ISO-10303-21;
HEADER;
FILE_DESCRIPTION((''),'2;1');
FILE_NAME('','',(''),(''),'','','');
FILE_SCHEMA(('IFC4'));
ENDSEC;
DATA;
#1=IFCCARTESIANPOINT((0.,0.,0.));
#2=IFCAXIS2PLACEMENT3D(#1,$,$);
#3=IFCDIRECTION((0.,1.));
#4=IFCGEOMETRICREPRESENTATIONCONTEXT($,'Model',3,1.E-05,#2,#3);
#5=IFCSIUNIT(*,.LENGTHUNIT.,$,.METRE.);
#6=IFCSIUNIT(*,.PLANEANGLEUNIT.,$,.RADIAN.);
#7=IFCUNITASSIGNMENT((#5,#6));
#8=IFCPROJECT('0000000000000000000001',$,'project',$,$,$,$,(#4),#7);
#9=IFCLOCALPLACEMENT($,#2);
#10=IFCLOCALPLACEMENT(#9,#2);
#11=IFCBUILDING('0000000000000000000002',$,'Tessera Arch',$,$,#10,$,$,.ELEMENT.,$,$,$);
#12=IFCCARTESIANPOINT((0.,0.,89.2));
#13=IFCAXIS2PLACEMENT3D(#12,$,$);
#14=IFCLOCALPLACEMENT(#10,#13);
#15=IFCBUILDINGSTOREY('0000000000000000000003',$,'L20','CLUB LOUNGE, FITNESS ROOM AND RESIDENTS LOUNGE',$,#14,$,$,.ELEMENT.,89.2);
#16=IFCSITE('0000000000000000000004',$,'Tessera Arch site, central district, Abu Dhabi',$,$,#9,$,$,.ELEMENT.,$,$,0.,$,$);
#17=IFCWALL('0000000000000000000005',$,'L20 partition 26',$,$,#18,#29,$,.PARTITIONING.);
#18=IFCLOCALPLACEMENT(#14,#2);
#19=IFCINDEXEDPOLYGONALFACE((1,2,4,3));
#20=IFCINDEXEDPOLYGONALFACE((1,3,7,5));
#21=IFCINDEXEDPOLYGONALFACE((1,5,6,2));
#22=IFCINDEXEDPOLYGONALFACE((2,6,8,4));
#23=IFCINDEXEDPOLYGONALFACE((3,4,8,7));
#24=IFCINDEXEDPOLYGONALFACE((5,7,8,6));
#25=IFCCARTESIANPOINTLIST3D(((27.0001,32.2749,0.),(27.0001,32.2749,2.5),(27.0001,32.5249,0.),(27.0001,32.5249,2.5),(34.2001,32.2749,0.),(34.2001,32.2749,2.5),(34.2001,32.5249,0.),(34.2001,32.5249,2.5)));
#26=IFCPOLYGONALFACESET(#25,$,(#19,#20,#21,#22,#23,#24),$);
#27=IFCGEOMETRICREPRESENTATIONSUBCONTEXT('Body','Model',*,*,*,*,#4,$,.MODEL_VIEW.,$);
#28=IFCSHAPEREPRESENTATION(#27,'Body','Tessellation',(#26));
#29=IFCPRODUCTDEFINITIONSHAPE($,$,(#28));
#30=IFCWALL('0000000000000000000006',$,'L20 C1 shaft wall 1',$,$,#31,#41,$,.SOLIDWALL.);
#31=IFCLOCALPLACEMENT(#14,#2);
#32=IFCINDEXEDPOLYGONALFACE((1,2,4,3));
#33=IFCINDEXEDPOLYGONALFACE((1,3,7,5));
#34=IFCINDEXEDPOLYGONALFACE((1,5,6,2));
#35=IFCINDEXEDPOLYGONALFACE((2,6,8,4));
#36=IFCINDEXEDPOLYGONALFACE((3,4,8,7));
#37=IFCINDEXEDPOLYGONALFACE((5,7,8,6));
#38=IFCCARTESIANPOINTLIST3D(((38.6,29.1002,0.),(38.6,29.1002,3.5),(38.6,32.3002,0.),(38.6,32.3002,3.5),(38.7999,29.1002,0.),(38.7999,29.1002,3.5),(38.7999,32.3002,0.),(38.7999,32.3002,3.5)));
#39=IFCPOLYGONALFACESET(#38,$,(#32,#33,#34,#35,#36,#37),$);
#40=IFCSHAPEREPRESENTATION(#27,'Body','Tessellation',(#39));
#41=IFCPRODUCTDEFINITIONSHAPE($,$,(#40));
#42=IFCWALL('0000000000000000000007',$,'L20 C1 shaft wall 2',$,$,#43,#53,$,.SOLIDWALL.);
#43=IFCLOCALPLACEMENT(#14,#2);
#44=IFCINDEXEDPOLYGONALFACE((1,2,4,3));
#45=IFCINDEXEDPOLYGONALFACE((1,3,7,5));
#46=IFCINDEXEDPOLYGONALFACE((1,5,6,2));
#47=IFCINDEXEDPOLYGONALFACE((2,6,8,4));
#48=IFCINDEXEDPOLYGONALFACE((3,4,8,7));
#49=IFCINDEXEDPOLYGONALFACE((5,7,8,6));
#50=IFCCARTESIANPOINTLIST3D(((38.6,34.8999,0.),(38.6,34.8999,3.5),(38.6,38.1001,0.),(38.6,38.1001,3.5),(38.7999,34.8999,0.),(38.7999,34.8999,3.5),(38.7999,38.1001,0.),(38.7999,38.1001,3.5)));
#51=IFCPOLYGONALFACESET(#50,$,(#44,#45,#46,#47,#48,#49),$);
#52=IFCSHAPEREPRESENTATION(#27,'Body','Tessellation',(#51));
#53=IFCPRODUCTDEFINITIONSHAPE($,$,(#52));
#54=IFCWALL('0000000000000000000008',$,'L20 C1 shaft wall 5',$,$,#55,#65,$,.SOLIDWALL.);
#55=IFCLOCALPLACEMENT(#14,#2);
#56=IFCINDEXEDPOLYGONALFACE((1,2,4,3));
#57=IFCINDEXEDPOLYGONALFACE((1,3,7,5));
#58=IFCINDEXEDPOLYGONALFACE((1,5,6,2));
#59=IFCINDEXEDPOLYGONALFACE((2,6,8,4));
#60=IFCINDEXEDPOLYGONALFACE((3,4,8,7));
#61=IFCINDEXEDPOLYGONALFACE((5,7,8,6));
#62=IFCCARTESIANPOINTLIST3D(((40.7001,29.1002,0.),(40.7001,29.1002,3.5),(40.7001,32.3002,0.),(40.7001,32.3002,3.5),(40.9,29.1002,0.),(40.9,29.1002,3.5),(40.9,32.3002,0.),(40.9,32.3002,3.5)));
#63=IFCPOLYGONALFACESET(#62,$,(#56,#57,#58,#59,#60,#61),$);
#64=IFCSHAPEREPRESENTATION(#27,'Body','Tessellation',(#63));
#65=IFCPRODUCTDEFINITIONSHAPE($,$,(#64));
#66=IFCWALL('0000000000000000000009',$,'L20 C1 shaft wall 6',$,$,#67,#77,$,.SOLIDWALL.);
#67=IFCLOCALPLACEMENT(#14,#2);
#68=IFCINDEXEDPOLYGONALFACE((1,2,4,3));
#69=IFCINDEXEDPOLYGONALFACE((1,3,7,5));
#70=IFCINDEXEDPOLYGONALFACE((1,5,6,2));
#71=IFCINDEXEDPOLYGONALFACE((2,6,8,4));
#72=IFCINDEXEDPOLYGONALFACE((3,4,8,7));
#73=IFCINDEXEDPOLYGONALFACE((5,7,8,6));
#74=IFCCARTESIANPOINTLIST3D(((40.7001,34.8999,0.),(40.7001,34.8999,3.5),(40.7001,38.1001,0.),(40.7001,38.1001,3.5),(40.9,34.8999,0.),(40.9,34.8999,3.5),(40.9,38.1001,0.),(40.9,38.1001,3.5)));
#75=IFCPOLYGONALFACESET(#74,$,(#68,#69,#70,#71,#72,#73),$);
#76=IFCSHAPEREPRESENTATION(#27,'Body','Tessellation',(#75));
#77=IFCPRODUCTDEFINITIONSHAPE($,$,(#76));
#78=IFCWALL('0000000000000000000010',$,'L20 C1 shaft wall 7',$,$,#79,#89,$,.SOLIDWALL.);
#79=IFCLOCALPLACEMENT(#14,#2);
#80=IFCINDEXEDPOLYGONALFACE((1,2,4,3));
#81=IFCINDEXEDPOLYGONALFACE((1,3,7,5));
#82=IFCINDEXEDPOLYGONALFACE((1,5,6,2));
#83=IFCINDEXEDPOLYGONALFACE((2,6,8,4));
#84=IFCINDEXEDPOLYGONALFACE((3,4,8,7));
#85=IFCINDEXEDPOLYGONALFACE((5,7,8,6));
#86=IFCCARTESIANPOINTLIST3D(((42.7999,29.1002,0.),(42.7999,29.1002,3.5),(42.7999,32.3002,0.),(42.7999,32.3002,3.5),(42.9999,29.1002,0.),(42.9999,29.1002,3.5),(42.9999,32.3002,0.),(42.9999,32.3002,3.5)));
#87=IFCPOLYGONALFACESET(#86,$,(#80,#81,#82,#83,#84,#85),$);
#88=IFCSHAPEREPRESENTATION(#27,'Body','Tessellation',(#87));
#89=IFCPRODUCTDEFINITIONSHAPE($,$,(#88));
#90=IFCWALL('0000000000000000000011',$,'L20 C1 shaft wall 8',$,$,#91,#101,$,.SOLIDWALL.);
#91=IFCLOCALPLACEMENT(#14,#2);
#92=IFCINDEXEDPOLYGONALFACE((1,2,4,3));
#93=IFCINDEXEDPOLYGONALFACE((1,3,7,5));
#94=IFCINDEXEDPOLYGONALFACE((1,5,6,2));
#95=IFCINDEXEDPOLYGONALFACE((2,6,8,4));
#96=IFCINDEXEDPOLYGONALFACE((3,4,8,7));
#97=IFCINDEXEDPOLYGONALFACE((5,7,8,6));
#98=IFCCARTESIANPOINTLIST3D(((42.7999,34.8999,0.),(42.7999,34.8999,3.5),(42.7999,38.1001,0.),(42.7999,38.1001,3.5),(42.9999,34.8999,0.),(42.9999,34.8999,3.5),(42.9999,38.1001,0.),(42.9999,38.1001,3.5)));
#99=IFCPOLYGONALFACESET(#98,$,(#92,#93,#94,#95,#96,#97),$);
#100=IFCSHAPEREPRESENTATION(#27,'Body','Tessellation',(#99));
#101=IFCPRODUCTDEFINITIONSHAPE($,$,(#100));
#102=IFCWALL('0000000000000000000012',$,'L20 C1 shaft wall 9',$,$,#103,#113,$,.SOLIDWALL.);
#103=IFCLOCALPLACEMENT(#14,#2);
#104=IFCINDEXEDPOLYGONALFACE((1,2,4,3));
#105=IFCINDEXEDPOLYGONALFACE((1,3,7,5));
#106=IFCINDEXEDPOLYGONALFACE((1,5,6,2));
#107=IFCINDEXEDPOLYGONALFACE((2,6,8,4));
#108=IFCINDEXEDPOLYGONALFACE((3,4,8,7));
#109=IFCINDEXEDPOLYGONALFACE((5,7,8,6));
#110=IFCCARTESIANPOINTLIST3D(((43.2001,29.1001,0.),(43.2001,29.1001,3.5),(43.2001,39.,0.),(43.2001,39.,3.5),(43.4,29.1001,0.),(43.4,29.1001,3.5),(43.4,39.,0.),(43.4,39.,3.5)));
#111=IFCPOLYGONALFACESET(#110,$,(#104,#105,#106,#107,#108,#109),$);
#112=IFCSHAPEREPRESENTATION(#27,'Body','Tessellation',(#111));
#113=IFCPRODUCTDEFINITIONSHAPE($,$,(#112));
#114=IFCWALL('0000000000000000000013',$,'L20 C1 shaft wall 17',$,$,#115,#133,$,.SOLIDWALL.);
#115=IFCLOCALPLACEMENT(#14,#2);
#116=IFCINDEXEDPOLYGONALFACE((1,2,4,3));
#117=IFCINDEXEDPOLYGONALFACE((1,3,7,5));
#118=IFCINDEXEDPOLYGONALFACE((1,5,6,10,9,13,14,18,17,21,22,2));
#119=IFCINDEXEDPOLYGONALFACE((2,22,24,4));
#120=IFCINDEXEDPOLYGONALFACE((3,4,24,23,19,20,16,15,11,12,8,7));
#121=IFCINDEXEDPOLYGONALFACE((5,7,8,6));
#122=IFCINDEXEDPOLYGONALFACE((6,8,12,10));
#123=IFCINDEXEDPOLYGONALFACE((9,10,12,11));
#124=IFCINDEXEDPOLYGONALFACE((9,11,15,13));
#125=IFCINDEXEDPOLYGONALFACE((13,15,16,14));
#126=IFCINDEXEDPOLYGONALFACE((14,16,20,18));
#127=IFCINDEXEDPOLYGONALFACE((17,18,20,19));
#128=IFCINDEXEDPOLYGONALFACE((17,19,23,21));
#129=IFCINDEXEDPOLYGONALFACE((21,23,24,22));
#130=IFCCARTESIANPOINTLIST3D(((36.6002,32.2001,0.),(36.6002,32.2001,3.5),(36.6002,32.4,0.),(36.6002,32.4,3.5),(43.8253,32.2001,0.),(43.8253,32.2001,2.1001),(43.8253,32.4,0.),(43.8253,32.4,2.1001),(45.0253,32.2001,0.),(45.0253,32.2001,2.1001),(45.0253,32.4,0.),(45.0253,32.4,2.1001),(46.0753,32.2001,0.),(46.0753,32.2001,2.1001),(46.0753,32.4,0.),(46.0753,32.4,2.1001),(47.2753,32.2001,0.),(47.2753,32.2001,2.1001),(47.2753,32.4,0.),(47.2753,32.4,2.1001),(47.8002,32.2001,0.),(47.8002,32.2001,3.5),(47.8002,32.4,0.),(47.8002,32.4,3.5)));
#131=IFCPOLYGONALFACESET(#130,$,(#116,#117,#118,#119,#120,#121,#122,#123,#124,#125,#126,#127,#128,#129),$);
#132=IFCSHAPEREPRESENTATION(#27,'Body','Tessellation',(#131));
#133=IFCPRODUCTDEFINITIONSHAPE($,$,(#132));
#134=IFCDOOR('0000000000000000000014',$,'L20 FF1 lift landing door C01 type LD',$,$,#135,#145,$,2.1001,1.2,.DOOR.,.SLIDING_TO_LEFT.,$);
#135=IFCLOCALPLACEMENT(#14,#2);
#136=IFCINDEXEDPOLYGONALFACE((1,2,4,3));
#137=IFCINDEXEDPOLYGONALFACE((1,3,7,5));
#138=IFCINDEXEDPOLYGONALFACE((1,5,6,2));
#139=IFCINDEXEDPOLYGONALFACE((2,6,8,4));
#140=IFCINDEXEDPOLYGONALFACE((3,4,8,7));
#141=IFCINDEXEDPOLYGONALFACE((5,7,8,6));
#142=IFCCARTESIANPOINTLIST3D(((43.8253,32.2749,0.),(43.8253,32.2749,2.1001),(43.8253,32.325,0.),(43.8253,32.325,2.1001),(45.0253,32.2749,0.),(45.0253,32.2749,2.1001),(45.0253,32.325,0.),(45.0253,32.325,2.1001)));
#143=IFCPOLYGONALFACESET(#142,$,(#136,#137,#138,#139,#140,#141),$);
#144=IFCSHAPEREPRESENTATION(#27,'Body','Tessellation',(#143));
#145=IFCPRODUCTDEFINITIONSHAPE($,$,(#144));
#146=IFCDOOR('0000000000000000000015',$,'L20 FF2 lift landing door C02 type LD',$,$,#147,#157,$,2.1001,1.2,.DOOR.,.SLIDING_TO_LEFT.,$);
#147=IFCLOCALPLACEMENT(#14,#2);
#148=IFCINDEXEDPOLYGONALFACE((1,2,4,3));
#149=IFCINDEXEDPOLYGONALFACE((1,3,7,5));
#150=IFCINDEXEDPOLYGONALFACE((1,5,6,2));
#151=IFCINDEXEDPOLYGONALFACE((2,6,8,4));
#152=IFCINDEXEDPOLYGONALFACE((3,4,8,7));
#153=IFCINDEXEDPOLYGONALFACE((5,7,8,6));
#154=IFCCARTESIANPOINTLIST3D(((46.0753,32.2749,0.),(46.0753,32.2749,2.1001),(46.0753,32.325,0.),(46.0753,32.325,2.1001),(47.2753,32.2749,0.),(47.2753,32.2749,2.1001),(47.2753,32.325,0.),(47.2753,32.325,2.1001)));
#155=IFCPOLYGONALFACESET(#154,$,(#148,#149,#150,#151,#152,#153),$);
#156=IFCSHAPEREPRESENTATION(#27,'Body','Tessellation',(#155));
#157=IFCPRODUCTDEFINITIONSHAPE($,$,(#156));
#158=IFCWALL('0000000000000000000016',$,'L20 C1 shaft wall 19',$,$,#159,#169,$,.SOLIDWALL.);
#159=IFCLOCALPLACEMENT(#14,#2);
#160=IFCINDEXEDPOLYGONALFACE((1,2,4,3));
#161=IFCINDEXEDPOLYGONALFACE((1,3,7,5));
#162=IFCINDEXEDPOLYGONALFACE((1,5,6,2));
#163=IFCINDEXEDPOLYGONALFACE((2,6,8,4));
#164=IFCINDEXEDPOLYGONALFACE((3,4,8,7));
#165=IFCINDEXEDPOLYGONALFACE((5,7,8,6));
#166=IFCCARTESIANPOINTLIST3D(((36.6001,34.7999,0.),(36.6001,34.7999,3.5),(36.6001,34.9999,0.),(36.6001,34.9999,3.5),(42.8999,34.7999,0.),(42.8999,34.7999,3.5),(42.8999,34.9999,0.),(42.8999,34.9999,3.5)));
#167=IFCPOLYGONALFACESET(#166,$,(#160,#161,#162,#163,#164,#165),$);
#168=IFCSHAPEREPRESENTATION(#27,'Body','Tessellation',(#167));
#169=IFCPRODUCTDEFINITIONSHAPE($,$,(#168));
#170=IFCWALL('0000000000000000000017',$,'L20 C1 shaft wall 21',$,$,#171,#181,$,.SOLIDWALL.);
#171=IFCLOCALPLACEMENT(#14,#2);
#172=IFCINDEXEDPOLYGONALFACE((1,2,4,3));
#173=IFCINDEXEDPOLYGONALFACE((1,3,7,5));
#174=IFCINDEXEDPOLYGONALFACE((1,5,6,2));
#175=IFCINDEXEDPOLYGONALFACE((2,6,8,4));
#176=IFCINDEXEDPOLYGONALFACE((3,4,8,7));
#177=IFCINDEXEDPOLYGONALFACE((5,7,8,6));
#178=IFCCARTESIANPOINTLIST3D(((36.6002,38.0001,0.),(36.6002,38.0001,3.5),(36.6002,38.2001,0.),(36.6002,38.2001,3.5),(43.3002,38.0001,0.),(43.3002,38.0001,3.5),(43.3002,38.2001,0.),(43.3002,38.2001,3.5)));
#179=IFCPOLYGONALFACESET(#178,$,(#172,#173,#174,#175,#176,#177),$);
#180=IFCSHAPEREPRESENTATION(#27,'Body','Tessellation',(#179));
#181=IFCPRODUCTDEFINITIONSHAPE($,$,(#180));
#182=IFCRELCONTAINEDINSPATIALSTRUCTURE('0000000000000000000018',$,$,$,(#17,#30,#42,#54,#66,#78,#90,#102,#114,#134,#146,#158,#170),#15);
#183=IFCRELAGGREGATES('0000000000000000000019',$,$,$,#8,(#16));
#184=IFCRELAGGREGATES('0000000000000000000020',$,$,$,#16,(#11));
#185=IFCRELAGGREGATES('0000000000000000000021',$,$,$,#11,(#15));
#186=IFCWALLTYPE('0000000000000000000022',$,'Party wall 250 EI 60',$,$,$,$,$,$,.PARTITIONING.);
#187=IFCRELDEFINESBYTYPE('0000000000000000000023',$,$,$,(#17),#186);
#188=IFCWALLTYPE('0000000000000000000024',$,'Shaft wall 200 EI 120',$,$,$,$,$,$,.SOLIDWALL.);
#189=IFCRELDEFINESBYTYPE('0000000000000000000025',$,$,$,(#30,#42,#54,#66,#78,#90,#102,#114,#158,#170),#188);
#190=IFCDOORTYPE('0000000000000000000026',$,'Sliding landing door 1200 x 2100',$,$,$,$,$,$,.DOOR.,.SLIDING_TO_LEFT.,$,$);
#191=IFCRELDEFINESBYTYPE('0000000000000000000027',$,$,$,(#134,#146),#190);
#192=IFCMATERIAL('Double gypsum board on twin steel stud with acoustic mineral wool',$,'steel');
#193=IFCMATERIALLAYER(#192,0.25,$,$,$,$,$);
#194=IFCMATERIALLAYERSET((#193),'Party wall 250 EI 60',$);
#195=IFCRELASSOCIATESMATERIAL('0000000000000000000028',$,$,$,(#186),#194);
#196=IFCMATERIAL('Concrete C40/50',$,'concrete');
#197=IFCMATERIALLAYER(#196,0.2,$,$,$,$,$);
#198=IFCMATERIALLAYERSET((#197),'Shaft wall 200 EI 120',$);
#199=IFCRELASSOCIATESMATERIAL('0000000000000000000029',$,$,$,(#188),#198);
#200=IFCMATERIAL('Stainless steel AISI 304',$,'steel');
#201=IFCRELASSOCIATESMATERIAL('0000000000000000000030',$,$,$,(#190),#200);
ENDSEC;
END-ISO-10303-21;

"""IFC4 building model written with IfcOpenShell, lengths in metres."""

from ifc_helpers import new_model, si_unit, direction, frame, frame_2d, origin, place, context, subcontext, project, spatial, rectangle, extrude, material, layer, layer_set, type_object, element, fill, save


model = new_model("IFC4")

# Units and contexts
model_context = context("Model", 3, precision=1e-05, world=origin(), true_north=direction((0.0, 1.0)))
body_context = subcontext(model_context, "Body", "Model", "MODEL_VIEW")
ifc_project = project(units=[si_unit("LENGTHUNIT", "METRE"), si_unit("PLANEANGLEUNIT", "RADIAN")], contexts=[model_context])

# Site, building, storey
site_placement = place(None, origin())
site = spatial("IfcSite", under=ifc_project, at=site_placement, Name="Tessera Arch site, central district, Abu Dhabi", CompositionType="ELEMENT", RefElevation=0.0)
building_placement = place(site_placement, origin())
building = spatial("IfcBuilding", under=site, at=building_placement, Name="Tessera Arch", CompositionType="ELEMENT")
storey_placement = place(building_placement, frame((0.0, 0.0, 89.2)))
storey = spatial("IfcBuildingStorey", under=building, at=storey_placement, Name="L20", Description="CLUB LOUNGE, FITNESS ROOM AND RESIDENTS LOUNGE", CompositionType="ELEMENT", Elevation=89.2)

# Walls
ifc_material_1 = material(Name="Double gypsum board on twin steel stud with acoustic mineral wool", Category="steel")
ifc_layer_1 = layer(ifc_material_1, 0.25)
ifc_layer_set_1 = layer_set([ifc_layer_1], Name="Party wall 250 EI 60")
wall_type_1 = type_object("IfcWallType", Name="Party wall 250 EI 60", PredefinedType="PARTITIONING", material=ifc_layer_set_1)
wall_1_placement = place(storey_placement, frame((27.0, 32.3999, 0.0), z_axis=(0.0, 0.0, 1.0), x_axis=(1.0, 0.0, 0.0)))
element("IfcWall", 1, at=wall_1_placement, inside=storey, type_object=wall_type_1, Name="L20 partition 26", PredefinedType="PARTITIONING", context=body_context, shape_type="SweptSolid", body=[
    extrude(rectangle(XDim=7.2, YDim=0.25, at=frame_2d((3.6001, 0.0))), origin(), (0.0, 0.0, 1.0), 2.5),
])
ifc_material_2 = material(Name="Concrete C40/50", Category="concrete")
ifc_layer_2 = layer(ifc_material_2, 0.2)
ifc_layer_set_2 = layer_set([ifc_layer_2], Name="Shaft wall 200 EI 120")
wall_type_2 = type_object("IfcWallType", Name="Shaft wall 200 EI 120", PredefinedType="SOLIDWALL", material=ifc_layer_set_2)
wall_2_placement = place(storey_placement, frame((38.7, 29.1001, 0.0), z_axis=(0.0, 0.0, 1.0), x_axis=(0.0, 1.0, 0.0)))
element("IfcWall", 2, at=wall_2_placement, inside=storey, type_object=wall_type_2, Name="L20 C1 shaft wall 1", PredefinedType="SOLIDWALL", context=body_context, shape_type="SweptSolid", body=[
    extrude(rectangle(XDim=3.2, YDim=0.2, at=frame_2d((1.6001, 0.0))), origin(), (0.0, 0.0, 1.0), 3.5),
])
wall_3_placement = place(storey_placement, frame((38.7, 34.8999, 0.0), z_axis=(0.0, 0.0, 1.0), x_axis=(0.0, 1.0, 0.0)))
element("IfcWall", 3, at=wall_3_placement, inside=storey, type_object=wall_type_2, Name="L20 C1 shaft wall 2", PredefinedType="SOLIDWALL", context=body_context, shape_type="SweptSolid", body=[
    extrude(rectangle(XDim=3.2002, YDim=0.2, at=frame_2d((1.6001, 0.0))), origin(), (0.0, 0.0, 1.0), 3.5),
])
wall_4_placement = place(storey_placement, frame((40.8, 29.1001, 0.0), z_axis=(0.0, 0.0, 1.0), x_axis=(0.0, 1.0, 0.0)))
element("IfcWall", 4, at=wall_4_placement, inside=storey, type_object=wall_type_2, Name="L20 C1 shaft wall 5", PredefinedType="SOLIDWALL", context=body_context, shape_type="SweptSolid", body=[
    extrude(rectangle(XDim=3.2, YDim=0.2, at=frame_2d((1.6001, 0.0))), origin(), (0.0, 0.0, 1.0), 3.5),
])
wall_5_placement = place(storey_placement, frame((40.8, 34.8999, 0.0), z_axis=(0.0, 0.0, 1.0), x_axis=(0.0, 1.0, 0.0)))
element("IfcWall", 5, at=wall_5_placement, inside=storey, type_object=wall_type_2, Name="L20 C1 shaft wall 6", PredefinedType="SOLIDWALL", context=body_context, shape_type="SweptSolid", body=[
    extrude(rectangle(XDim=3.2002, YDim=0.2, at=frame_2d((1.6001, 0.0))), origin(), (0.0, 0.0, 1.0), 3.5),
])
wall_6_placement = place(storey_placement, frame((42.8999, 29.1001, 0.0), z_axis=(0.0, 0.0, 1.0), x_axis=(0.0, 1.0, 0.0)))
element("IfcWall", 6, at=wall_6_placement, inside=storey, type_object=wall_type_2, Name="L20 C1 shaft wall 7", PredefinedType="SOLIDWALL", context=body_context, shape_type="SweptSolid", body=[
    extrude(rectangle(XDim=3.2, YDim=0.2, at=frame_2d((1.6001, 0.0))), origin(), (0.0, 0.0, 1.0), 3.5),
])
wall_7_placement = place(storey_placement, frame((42.8999, 34.8999, 0.0), z_axis=(0.0, 0.0, 1.0), x_axis=(0.0, 1.0, 0.0)))
element("IfcWall", 7, at=wall_7_placement, inside=storey, type_object=wall_type_2, Name="L20 C1 shaft wall 8", PredefinedType="SOLIDWALL", context=body_context, shape_type="SweptSolid", body=[
    extrude(rectangle(XDim=3.2002, YDim=0.2, at=frame_2d((1.6001, 0.0))), origin(), (0.0, 0.0, 1.0), 3.5),
])
wall_8_placement = place(storey_placement, frame((43.3, 29.1001, 0.0), z_axis=(0.0, 0.0, 1.0), x_axis=(0.0, 1.0, 0.0)))
element("IfcWall", 8, at=wall_8_placement, inside=storey, type_object=wall_type_2, Name="L20 C1 shaft wall 9", PredefinedType="SOLIDWALL", context=body_context, shape_type="SweptSolid", body=[
    extrude(rectangle(XDim=9.8999, YDim=0.2, at=frame_2d((4.95, 0.0))), origin(), (0.0, 0.0, 1.0), 3.5),
])

# Wall, openings, doors
wall_9_placement = place(storey_placement, frame((36.6001, 32.3, 0.0), z_axis=(0.0, 0.0, 1.0), x_axis=(1.0, 0.0, 0.0)))
wall_9 = element("IfcWall", 9, at=wall_9_placement, inside=storey, type_object=wall_type_2, Name="L20 C1 shaft wall 17", PredefinedType="SOLIDWALL", context=body_context, shape_type="SweptSolid", body=[
    extrude(rectangle(XDim=11.2, YDim=0.2, at=frame_2d((5.6001, 0.0))), origin(), (0.0, 0.0, 1.0), 3.5),
])
opening_1_placement = place(wall_9_placement, frame((7.2251, 0.0, 0.0)))
opening_1 = element("IfcOpeningElement", 10, at=opening_1_placement, cuts=wall_9, PredefinedType="OPENING", context=body_context, shape_type="SweptSolid", body=[
    extrude(rectangle(XDim=1.2, YDim=2.1001, at=frame_2d((0.6001, 1.05))), frame((0.0, 0.1099, 0.0), z_axis=(0.0, -1.0, 0.0), x_axis=(1.0, 0.0, 0.0)), (0.0, 0.0, 1.0), 0.22),
])
opening_2_placement = place(wall_9_placement, frame((9.4751, 0.0, 0.0)))
opening_2 = element("IfcOpeningElement", 11, at=opening_2_placement, cuts=wall_9, PredefinedType="OPENING", context=body_context, shape_type="SweptSolid", body=[
    extrude(rectangle(XDim=1.2, YDim=2.1001, at=frame_2d((0.6001, 1.05))), frame((0.0, 0.1099, 0.0), z_axis=(0.0, -1.0, 0.0), x_axis=(1.0, 0.0, 0.0)), (0.0, 0.0, 1.0), 0.22),
])
ifc_material_3 = material(Name="Stainless steel AISI 304", Category="steel")
door_type_1 = type_object("IfcDoorType", Name="Sliding landing door 1200 x 2100", OperationType="SLIDING_TO_LEFT", PredefinedType="DOOR", material=ifc_material_3)
door_1_placement = place(opening_1_placement, origin())
door_1 = element("IfcDoor", 12, at=door_1_placement, inside=storey, type_object=door_type_1, Name="L20 FF1 lift landing door C01 type LD", OperationType="SLIDING_TO_LEFT", OverallHeight=2.1001, OverallWidth=1.2, PredefinedType="DOOR", context=body_context, shape_type="SweptSolid", body=[
    extrude(rectangle(XDim=1.2, YDim=2.1001, at=frame_2d((0.6001, 1.05))), frame((0.0, 0.0249, 0.0), z_axis=(0.0, -1.0, 0.0), x_axis=(1.0, 0.0, 0.0)), (0.0, 0.0, 1.0), 0.05),
])
fill(opening_1, door_1)
door_2_placement = place(opening_2_placement, origin())
door_2 = element("IfcDoor", 13, at=door_2_placement, inside=storey, type_object=door_type_1, Name="L20 FF2 lift landing door C02 type LD", OperationType="SLIDING_TO_LEFT", OverallHeight=2.1001, OverallWidth=1.2, PredefinedType="DOOR", context=body_context, shape_type="SweptSolid", body=[
    extrude(rectangle(XDim=1.2, YDim=2.1001, at=frame_2d((0.6001, 1.05))), frame((0.0, 0.0249, 0.0), z_axis=(0.0, -1.0, 0.0), x_axis=(1.0, 0.0, 0.0)), (0.0, 0.0, 1.0), 0.05),
])
fill(opening_2, door_2)

# Walls
wall_10_placement = place(storey_placement, frame((36.6001, 34.8999, 0.0), z_axis=(0.0, 0.0, 1.0), x_axis=(1.0, 0.0, 0.0)))
element("IfcWall", 14, at=wall_10_placement, inside=storey, type_object=wall_type_2, Name="L20 C1 shaft wall 19", PredefinedType="SOLIDWALL", context=body_context, shape_type="SweptSolid", body=[
    extrude(rectangle(XDim=6.2998, YDim=0.2, at=frame_2d((3.1499, 0.0))), origin(), (0.0, 0.0, 1.0), 3.5),
])
wall_11_placement = place(storey_placement, frame((36.6001, 38.1001, 0.0), z_axis=(0.0, 0.0, 1.0), x_axis=(1.0, 0.0, 0.0)))
element("IfcWall", 15, at=wall_11_placement, inside=storey, type_object=wall_type_2, Name="L20 C1 shaft wall 21", PredefinedType="SOLIDWALL", context=body_context, shape_type="SweptSolid", body=[
    extrude(rectangle(XDim=6.7, YDim=0.2, at=frame_2d((3.3501, 0.0))), origin(), (0.0, 0.0, 1.0), 3.5),
])

save(model, "model.ifc")
